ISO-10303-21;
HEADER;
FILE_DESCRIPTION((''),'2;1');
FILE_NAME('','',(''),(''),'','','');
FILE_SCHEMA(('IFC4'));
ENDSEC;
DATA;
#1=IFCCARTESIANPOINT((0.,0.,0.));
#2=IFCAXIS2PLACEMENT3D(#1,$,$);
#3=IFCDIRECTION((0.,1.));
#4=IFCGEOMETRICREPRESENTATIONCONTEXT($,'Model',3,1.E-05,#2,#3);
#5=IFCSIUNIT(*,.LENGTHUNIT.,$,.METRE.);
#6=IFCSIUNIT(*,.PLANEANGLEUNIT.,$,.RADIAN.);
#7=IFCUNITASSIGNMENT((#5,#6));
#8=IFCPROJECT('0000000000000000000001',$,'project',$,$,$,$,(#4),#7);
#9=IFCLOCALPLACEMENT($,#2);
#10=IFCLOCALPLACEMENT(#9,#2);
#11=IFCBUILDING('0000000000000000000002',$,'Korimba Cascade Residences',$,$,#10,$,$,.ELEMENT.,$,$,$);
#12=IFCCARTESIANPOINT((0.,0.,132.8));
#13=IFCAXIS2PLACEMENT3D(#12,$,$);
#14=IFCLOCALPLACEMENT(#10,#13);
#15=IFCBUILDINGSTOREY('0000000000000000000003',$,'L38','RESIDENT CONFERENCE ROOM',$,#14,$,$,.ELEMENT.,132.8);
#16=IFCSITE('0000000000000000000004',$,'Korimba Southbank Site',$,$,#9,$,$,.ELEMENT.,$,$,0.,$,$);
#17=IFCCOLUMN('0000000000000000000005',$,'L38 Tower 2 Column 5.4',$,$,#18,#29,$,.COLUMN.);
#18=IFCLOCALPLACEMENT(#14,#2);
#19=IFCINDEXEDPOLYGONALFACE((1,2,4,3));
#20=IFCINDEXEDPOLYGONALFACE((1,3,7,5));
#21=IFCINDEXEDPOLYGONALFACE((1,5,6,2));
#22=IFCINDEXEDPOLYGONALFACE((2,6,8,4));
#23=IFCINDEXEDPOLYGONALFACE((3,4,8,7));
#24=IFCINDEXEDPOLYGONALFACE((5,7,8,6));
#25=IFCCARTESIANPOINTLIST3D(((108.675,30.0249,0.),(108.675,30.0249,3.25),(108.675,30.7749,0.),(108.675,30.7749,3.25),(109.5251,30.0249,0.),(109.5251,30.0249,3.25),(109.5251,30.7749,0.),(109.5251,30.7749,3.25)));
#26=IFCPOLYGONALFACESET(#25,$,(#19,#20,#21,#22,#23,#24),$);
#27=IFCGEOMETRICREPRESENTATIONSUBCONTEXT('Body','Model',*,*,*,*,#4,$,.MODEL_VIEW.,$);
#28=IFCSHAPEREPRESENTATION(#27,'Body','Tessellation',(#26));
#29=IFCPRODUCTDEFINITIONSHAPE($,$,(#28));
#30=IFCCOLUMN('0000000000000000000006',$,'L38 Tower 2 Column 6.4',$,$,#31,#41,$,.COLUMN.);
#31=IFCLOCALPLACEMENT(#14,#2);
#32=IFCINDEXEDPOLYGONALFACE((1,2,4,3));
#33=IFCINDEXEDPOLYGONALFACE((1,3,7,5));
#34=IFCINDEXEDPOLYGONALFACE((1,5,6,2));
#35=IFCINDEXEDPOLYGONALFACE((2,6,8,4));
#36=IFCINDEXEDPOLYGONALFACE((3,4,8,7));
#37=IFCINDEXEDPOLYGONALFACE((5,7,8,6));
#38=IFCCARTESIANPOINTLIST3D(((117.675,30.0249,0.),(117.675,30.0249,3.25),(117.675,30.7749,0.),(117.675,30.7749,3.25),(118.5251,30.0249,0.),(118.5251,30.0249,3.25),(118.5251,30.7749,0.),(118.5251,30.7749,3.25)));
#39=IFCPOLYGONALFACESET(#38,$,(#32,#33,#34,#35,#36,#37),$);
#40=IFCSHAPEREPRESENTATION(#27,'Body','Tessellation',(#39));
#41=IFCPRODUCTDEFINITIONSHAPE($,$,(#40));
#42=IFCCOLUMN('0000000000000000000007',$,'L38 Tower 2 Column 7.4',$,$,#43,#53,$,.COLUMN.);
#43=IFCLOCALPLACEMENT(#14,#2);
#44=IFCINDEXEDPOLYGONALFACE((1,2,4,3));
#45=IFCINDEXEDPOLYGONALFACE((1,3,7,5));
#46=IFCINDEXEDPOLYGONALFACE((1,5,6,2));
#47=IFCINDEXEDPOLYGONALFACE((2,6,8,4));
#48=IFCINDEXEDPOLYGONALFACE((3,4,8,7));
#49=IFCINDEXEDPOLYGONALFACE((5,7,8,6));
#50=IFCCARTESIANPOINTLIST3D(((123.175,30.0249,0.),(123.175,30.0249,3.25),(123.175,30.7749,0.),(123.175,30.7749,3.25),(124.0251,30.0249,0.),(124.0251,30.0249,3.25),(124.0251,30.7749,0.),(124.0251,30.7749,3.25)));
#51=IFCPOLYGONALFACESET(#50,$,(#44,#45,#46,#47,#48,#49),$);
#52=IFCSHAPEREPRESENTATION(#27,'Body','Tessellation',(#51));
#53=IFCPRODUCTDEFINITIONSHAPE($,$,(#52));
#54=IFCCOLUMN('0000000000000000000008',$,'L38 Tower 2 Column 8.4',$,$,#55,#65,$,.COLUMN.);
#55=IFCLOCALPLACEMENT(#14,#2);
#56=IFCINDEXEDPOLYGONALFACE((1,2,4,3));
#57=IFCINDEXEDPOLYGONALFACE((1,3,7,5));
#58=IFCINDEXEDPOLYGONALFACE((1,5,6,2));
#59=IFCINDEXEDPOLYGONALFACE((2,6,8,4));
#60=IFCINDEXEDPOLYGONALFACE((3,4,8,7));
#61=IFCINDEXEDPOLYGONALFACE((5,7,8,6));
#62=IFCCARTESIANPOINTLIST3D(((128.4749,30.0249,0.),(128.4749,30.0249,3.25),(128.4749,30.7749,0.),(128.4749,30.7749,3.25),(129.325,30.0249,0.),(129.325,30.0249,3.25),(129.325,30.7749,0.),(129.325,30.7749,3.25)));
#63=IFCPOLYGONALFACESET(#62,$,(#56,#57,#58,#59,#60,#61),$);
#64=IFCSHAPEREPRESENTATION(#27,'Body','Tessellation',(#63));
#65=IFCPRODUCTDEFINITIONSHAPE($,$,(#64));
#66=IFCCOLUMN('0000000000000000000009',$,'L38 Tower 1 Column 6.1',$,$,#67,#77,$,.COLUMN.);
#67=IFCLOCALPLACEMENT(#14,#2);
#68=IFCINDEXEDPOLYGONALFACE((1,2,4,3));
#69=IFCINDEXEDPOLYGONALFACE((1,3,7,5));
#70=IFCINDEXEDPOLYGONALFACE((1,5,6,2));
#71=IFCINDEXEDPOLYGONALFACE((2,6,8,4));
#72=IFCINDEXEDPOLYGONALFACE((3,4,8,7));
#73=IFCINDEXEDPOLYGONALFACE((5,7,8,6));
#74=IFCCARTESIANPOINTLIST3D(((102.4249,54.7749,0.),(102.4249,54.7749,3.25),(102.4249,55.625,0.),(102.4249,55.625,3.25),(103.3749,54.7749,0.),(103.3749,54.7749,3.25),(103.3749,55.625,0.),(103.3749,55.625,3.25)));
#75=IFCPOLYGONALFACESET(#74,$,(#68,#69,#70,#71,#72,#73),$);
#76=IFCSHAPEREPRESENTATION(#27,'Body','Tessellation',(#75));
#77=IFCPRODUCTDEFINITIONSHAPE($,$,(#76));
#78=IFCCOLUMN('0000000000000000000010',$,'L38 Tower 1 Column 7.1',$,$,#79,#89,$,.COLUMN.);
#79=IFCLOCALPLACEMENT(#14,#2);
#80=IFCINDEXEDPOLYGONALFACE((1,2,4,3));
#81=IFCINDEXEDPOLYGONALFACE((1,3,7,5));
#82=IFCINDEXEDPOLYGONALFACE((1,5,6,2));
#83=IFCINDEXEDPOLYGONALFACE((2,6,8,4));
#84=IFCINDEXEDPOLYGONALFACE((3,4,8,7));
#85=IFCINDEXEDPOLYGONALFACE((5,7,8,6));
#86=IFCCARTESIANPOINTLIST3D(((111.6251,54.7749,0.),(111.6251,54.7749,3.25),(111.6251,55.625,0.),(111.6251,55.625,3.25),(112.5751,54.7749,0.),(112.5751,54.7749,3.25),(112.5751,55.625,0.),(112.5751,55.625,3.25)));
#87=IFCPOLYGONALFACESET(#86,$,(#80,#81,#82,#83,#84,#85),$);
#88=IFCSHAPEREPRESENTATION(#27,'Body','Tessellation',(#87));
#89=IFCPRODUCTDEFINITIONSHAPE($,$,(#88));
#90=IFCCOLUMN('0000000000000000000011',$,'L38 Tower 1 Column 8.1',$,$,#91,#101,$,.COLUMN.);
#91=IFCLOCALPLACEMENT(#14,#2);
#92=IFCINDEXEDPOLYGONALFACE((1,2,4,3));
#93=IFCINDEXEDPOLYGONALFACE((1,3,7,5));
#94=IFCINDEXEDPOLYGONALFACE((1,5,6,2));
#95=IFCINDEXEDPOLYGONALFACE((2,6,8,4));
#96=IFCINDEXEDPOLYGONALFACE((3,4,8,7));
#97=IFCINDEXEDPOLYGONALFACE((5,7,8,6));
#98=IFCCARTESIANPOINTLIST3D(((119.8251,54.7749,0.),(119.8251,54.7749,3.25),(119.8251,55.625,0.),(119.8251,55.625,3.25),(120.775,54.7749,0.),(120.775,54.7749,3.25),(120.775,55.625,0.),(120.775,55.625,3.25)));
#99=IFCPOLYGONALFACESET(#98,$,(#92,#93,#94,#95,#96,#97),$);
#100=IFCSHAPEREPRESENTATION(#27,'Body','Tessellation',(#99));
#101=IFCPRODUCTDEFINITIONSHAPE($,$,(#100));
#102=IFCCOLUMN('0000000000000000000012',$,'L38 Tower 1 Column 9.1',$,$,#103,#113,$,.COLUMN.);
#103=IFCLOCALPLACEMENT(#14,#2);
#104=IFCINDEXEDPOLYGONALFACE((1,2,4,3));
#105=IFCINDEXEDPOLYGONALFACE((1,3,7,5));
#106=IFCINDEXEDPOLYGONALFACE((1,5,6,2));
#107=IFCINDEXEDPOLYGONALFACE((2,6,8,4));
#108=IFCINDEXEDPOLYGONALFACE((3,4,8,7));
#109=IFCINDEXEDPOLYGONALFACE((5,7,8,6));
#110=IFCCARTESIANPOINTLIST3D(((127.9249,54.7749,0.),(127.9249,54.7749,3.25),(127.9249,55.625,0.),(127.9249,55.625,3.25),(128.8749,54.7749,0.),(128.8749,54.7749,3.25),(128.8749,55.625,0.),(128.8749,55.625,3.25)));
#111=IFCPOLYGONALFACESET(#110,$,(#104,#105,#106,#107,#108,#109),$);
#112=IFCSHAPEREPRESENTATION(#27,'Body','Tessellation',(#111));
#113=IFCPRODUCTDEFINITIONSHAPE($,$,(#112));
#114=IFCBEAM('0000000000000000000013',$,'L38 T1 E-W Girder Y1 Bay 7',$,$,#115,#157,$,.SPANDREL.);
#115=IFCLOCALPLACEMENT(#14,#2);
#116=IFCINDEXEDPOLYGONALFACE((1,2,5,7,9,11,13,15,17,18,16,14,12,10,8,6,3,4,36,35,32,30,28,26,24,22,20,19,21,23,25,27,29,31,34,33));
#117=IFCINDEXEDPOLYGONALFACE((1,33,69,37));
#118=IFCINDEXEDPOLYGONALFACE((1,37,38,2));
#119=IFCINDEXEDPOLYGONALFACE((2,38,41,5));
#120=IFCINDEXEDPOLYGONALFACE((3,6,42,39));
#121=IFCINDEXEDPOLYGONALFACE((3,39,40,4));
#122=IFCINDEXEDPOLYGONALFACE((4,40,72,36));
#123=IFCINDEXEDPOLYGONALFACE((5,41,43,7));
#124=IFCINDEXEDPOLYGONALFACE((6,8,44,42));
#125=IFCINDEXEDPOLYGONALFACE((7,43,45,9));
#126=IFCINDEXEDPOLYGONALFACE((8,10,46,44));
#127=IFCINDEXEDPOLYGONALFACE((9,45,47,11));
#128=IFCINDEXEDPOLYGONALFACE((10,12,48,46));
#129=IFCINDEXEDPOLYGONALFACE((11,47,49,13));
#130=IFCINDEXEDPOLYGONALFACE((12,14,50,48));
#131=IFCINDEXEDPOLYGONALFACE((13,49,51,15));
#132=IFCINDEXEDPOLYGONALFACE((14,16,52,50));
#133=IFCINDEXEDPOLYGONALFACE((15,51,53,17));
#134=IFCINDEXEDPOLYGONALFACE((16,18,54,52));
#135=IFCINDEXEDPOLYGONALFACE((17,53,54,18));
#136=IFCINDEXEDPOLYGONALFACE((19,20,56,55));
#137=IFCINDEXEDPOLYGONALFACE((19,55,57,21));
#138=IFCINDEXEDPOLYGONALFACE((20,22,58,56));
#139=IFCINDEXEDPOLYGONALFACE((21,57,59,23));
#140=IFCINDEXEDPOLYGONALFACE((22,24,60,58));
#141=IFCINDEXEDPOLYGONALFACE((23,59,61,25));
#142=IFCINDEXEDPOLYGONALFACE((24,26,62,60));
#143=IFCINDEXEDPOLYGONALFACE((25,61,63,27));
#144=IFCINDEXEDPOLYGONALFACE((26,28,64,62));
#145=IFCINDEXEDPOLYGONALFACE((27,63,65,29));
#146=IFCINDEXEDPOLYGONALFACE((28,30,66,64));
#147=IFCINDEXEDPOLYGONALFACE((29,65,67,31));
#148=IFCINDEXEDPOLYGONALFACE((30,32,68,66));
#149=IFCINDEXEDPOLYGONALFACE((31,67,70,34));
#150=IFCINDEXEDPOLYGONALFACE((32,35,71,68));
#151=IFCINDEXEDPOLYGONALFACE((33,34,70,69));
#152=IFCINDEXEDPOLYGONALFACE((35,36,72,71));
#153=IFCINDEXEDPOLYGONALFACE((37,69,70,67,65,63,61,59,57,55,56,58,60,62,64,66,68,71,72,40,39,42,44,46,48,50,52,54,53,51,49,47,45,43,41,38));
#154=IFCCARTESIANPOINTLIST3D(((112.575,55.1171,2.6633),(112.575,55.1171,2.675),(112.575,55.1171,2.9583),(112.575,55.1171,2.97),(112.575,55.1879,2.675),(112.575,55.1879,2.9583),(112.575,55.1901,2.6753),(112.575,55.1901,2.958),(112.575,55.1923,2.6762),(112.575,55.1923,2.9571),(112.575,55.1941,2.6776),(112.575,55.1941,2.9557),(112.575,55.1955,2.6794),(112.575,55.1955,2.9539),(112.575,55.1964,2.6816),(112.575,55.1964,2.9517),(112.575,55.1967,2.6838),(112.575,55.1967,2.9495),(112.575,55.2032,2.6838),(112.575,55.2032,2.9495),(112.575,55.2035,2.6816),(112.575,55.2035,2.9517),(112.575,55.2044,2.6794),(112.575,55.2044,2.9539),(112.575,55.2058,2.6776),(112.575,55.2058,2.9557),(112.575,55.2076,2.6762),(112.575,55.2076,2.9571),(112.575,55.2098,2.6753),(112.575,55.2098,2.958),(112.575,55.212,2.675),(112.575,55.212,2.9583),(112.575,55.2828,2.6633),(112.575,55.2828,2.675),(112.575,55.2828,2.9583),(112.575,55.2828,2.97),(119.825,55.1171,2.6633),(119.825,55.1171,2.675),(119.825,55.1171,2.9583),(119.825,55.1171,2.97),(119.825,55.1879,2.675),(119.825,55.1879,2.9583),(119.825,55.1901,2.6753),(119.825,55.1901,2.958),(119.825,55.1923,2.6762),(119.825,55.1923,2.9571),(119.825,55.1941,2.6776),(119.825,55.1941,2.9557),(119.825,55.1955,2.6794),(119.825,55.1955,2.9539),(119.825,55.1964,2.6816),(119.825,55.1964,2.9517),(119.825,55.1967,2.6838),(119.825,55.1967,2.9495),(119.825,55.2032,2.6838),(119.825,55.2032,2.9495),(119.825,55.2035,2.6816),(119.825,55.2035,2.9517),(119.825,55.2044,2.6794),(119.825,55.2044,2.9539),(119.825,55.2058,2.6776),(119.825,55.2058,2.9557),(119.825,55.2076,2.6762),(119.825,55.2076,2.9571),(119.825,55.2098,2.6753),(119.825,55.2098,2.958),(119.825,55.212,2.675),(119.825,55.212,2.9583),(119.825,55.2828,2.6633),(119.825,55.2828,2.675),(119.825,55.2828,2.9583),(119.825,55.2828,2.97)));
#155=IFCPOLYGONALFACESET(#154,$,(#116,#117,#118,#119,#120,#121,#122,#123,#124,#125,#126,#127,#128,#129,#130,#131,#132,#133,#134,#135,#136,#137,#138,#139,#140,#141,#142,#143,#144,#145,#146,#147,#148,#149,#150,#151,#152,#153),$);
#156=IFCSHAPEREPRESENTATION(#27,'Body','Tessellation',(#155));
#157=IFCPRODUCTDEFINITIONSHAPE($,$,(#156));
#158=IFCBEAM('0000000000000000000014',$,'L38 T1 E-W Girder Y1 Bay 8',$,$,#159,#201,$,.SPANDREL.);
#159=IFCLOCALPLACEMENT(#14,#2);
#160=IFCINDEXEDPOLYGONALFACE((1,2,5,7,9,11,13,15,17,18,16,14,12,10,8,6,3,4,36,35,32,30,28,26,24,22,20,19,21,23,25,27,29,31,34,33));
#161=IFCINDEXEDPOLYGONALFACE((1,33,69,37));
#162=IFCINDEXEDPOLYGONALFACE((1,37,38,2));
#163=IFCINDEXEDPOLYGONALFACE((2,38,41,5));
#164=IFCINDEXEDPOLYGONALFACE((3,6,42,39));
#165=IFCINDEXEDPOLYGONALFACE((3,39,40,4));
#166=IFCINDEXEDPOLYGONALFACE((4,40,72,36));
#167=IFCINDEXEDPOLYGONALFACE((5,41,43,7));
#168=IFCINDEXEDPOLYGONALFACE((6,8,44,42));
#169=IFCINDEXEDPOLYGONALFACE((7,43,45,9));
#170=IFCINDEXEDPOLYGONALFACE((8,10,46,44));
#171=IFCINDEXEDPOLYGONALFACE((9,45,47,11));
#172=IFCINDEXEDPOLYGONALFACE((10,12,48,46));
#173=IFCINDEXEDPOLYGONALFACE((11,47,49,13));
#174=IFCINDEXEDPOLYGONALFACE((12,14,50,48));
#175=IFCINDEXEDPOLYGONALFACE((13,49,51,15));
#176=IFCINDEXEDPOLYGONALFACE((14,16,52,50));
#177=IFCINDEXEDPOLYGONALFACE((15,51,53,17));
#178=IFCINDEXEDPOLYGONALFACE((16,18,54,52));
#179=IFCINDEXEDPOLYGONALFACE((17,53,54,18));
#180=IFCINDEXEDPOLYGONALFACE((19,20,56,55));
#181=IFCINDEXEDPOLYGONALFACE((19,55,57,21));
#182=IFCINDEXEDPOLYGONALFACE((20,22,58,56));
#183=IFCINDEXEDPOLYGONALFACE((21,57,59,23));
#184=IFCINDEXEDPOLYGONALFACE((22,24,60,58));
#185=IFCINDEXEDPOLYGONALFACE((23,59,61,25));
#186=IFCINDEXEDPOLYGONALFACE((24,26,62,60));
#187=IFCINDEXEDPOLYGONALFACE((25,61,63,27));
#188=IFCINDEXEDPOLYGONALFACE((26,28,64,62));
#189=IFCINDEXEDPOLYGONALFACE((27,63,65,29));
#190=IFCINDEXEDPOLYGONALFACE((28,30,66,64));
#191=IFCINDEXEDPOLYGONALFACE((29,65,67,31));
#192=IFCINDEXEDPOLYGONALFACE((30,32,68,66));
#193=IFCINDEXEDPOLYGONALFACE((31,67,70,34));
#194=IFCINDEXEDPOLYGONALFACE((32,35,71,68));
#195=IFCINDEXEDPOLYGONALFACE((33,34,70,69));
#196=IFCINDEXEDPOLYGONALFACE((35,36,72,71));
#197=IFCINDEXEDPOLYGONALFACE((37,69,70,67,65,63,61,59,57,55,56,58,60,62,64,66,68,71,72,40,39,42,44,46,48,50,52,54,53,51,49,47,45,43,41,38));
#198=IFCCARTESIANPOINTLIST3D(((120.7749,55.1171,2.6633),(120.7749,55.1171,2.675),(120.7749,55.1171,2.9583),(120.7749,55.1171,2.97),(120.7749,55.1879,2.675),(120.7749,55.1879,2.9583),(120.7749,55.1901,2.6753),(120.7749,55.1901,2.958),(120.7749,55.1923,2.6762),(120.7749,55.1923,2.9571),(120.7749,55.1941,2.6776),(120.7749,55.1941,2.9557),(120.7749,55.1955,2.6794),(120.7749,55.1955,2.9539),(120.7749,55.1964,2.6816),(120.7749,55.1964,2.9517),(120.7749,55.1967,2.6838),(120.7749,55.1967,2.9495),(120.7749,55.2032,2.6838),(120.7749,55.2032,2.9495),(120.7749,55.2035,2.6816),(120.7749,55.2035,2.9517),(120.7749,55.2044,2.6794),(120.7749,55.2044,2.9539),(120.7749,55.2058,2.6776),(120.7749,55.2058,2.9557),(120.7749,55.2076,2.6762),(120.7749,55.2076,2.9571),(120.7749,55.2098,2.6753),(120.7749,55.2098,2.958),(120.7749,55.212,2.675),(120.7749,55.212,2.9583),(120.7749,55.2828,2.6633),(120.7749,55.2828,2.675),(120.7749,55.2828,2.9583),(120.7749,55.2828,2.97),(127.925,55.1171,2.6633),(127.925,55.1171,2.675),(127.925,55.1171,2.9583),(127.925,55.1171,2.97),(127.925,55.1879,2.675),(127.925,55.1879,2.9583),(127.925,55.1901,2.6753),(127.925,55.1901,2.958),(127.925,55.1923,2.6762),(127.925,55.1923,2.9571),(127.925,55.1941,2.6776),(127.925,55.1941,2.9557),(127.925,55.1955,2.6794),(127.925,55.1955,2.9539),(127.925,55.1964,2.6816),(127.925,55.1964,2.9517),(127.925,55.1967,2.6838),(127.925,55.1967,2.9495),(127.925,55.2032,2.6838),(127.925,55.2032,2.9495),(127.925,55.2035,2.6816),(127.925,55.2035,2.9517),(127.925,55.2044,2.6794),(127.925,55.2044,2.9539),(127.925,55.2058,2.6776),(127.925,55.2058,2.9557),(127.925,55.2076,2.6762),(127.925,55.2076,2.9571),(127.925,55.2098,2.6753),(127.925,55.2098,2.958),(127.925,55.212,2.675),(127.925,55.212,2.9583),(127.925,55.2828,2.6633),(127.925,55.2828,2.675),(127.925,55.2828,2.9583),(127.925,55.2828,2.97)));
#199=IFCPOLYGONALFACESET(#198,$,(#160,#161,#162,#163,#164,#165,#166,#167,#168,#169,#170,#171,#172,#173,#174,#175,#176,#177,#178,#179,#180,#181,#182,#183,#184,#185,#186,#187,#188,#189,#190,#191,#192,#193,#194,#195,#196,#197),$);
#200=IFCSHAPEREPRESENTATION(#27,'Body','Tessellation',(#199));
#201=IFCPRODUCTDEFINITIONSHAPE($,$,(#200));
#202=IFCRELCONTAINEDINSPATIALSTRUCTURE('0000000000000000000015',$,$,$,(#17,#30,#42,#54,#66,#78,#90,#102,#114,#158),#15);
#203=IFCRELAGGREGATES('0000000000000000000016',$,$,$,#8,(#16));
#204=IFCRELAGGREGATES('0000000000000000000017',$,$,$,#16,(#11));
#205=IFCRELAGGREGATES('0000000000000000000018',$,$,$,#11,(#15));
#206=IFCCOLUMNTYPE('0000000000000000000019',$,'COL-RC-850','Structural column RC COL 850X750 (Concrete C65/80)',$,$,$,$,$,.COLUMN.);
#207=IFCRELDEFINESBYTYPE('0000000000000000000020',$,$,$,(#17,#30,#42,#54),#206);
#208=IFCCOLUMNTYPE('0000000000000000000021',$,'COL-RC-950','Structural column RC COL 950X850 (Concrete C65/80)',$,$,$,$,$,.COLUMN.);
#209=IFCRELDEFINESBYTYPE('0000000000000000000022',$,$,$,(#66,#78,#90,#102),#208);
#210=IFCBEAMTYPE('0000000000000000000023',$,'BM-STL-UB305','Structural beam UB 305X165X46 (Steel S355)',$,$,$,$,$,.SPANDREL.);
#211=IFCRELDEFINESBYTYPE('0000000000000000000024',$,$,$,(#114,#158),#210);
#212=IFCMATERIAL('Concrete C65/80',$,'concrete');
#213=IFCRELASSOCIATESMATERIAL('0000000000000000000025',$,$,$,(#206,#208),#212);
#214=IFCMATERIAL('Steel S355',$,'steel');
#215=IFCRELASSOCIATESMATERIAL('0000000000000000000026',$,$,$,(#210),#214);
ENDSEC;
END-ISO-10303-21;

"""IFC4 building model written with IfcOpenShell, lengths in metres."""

from ifc_helpers import new_model, si_unit, direction, frame, origin, origin_2d, place, context, subcontext, project, spatial, rectangle, i_section, extrude, material, material_profile, profile_set, type_object, element, save


model = new_model("IFC4")

# Units and contexts
model_context = context("Model", 3, precision=1e-05, world=origin(), true_north=direction((0.0, 1.0)))
body_context = subcontext(model_context, "Body", "Model", "MODEL_VIEW")
ifc_project = project(units=[si_unit("LENGTHUNIT", "METRE"), si_unit("PLANEANGLEUNIT", "RADIAN")], contexts=[model_context])

# Site, building, storey
site_placement = place(None, origin())
site = spatial("IfcSite", under=ifc_project, at=site_placement, Name="Korimba Southbank Site", CompositionType="ELEMENT", RefElevation=0.0)
building_placement = place(site_placement, origin())
building = spatial("IfcBuilding", under=site, at=building_placement, Name="Korimba Cascade Residences", CompositionType="ELEMENT")
storey_placement = place(building_placement, frame((0.0, 0.0, 132.8)))
storey = spatial("IfcBuildingStorey", under=building, at=storey_placement, Name="L38", Description="RESIDENT CONFERENCE ROOM", CompositionType="ELEMENT", Elevation=132.8)

# Columns
ifc_material_1 = material(Name="Concrete C65/80", Category="concrete")
ifc_material_profile_1 = material_profile(ifc_material_1, rectangle(XDim=0.8501, YDim=0.75, at=origin_2d()), Name="Concrete C65/80")
ifc_profile_set_1 = profile_set([ifc_material_profile_1], Name="Concrete C65/80")
column_type_1 = type_object("IfcColumnType", Name="COL-RC-850", Description="Structural column RC COL 850X750 (Concrete C65/80)", PredefinedType="COLUMN", material=ifc_profile_set_1)
for number, where, z_axis, x_axis, name in (
    (1, (109.1001, 30.3999, 0.0), (0.0, 0.0, 1.0), (1.0, 0.0, 0.0), "L38 Tower 2 Column 5.4"),
    (2, (118.1001, 30.3999, 0.0), (0.0, 0.0, 1.0), (1.0, 0.0, 0.0), "L38 Tower 2 Column 6.4"),
    (3, (123.6001, 30.3999, 0.0), (0.0, 0.0, 1.0), (1.0, 0.0, 0.0), "L38 Tower 2 Column 7.4"),
    (4, (128.8999, 30.3999, 0.0), (0.0, 0.0, 1.0), (1.0, 0.0, 0.0), "L38 Tower 2 Column 8.4"),
):
    element("IfcColumn", number, at=place(storey_placement, frame(where, z_axis=z_axis, x_axis=x_axis)), inside=storey, type_object=column_type_1, Name=name, PredefinedType="COLUMN", context=body_context, shape_type="SweptSolid", body=[
        extrude(rectangle(XDim=0.8501, YDim=0.75, at=origin_2d()), origin(), (0.0, 0.0, 1.0), 3.25),
    ])
ifc_material_profile_2 = material_profile(ifc_material_1, rectangle(XDim=0.95, YDim=0.8501, at=origin_2d()), Name="Concrete C65/80")
ifc_profile_set_2 = profile_set([ifc_material_profile_2], Name="Concrete C65/80")
column_type_2 = type_object("IfcColumnType", Name="COL-RC-950", Description="Structural column RC COL 950X850 (Concrete C65/80)", PredefinedType="COLUMN", material=ifc_profile_set_2)
for number, where, z_axis, x_axis, name in (
    (5, (102.8999, 55.2, 0.0), (0.0, 0.0, 1.0), (1.0, 0.0, 0.0), "L38 Tower 1 Column 6.1"),
    (6, (112.1001, 55.2, 0.0), (0.0, 0.0, 1.0), (1.0, 0.0, 0.0), "L38 Tower 1 Column 7.1"),
    (7, (120.3, 55.2, 0.0), (0.0, 0.0, 1.0), (1.0, 0.0, 0.0), "L38 Tower 1 Column 8.1"),
    (8, (128.3999, 55.2, 0.0), (0.0, 0.0, 1.0), (1.0, 0.0, 0.0), "L38 Tower 1 Column 9.1"),
):
    element("IfcColumn", number, at=place(storey_placement, frame(where, z_axis=z_axis, x_axis=x_axis)), inside=storey, type_object=column_type_2, Name=name, PredefinedType="COLUMN", context=body_context, shape_type="SweptSolid", body=[
        extrude(rectangle(XDim=0.95, YDim=0.8501, at=origin_2d()), origin(), (0.0, 0.0, 1.0), 3.25),
    ])

# Beams
ifc_material_2 = material(Name="Steel S355", Category="steel")
ifc_material_profile_3 = material_profile(ifc_material_2, i_section(OverallWidth=0.1658, OverallDepth=0.3066, WebThickness=0.0066, FlangeThickness=0.0117, FilletRadius=0.0088, at=origin_2d()), Name="Steel S355")
ifc_profile_set_3 = profile_set([ifc_material_profile_3], Name="Steel S355")
beam_type_1 = type_object("IfcBeamType", Name="BM-STL-UB305", Description="Structural beam UB 305X165X46 (Steel S355)", PredefinedType="SPANDREL", material=ifc_profile_set_3)
beam_1_placement = place(storey_placement, frame((112.575, 55.2, 2.8167), z_axis=(1.0, 0.0, 0.0), x_axis=(0.0, 1.0, 0.0)))
element("IfcBeam", 9, at=beam_1_placement, inside=storey, type_object=beam_type_1, Name="L38 T1 E-W Girder Y1 Bay 7", PredefinedType="SPANDREL", context=body_context, shape_type="SweptSolid", body=[
    extrude(i_section(OverallWidth=0.1658, OverallDepth=0.3066, WebThickness=0.0066, FlangeThickness=0.0117, FilletRadius=0.0088, at=origin_2d()), origin(), (0.0, 0.0, 1.0), 7.25),
])
beam_2_placement = place(storey_placement, frame((120.7749, 55.2, 2.8167), z_axis=(1.0, 0.0, 0.0), x_axis=(0.0, 1.0, 0.0)))
element("IfcBeam", 10, at=beam_2_placement, inside=storey, type_object=beam_type_1, Name="L38 T1 E-W Girder Y1 Bay 8", PredefinedType="SPANDREL", context=body_context, shape_type="SweptSolid", body=[
    extrude(i_section(OverallWidth=0.1658, OverallDepth=0.3066, WebThickness=0.0066, FlangeThickness=0.0117, FilletRadius=0.0088, at=origin_2d()), origin(), (0.0, 0.0, 1.0), 7.1501),
])

save(model, "model.ifc")
